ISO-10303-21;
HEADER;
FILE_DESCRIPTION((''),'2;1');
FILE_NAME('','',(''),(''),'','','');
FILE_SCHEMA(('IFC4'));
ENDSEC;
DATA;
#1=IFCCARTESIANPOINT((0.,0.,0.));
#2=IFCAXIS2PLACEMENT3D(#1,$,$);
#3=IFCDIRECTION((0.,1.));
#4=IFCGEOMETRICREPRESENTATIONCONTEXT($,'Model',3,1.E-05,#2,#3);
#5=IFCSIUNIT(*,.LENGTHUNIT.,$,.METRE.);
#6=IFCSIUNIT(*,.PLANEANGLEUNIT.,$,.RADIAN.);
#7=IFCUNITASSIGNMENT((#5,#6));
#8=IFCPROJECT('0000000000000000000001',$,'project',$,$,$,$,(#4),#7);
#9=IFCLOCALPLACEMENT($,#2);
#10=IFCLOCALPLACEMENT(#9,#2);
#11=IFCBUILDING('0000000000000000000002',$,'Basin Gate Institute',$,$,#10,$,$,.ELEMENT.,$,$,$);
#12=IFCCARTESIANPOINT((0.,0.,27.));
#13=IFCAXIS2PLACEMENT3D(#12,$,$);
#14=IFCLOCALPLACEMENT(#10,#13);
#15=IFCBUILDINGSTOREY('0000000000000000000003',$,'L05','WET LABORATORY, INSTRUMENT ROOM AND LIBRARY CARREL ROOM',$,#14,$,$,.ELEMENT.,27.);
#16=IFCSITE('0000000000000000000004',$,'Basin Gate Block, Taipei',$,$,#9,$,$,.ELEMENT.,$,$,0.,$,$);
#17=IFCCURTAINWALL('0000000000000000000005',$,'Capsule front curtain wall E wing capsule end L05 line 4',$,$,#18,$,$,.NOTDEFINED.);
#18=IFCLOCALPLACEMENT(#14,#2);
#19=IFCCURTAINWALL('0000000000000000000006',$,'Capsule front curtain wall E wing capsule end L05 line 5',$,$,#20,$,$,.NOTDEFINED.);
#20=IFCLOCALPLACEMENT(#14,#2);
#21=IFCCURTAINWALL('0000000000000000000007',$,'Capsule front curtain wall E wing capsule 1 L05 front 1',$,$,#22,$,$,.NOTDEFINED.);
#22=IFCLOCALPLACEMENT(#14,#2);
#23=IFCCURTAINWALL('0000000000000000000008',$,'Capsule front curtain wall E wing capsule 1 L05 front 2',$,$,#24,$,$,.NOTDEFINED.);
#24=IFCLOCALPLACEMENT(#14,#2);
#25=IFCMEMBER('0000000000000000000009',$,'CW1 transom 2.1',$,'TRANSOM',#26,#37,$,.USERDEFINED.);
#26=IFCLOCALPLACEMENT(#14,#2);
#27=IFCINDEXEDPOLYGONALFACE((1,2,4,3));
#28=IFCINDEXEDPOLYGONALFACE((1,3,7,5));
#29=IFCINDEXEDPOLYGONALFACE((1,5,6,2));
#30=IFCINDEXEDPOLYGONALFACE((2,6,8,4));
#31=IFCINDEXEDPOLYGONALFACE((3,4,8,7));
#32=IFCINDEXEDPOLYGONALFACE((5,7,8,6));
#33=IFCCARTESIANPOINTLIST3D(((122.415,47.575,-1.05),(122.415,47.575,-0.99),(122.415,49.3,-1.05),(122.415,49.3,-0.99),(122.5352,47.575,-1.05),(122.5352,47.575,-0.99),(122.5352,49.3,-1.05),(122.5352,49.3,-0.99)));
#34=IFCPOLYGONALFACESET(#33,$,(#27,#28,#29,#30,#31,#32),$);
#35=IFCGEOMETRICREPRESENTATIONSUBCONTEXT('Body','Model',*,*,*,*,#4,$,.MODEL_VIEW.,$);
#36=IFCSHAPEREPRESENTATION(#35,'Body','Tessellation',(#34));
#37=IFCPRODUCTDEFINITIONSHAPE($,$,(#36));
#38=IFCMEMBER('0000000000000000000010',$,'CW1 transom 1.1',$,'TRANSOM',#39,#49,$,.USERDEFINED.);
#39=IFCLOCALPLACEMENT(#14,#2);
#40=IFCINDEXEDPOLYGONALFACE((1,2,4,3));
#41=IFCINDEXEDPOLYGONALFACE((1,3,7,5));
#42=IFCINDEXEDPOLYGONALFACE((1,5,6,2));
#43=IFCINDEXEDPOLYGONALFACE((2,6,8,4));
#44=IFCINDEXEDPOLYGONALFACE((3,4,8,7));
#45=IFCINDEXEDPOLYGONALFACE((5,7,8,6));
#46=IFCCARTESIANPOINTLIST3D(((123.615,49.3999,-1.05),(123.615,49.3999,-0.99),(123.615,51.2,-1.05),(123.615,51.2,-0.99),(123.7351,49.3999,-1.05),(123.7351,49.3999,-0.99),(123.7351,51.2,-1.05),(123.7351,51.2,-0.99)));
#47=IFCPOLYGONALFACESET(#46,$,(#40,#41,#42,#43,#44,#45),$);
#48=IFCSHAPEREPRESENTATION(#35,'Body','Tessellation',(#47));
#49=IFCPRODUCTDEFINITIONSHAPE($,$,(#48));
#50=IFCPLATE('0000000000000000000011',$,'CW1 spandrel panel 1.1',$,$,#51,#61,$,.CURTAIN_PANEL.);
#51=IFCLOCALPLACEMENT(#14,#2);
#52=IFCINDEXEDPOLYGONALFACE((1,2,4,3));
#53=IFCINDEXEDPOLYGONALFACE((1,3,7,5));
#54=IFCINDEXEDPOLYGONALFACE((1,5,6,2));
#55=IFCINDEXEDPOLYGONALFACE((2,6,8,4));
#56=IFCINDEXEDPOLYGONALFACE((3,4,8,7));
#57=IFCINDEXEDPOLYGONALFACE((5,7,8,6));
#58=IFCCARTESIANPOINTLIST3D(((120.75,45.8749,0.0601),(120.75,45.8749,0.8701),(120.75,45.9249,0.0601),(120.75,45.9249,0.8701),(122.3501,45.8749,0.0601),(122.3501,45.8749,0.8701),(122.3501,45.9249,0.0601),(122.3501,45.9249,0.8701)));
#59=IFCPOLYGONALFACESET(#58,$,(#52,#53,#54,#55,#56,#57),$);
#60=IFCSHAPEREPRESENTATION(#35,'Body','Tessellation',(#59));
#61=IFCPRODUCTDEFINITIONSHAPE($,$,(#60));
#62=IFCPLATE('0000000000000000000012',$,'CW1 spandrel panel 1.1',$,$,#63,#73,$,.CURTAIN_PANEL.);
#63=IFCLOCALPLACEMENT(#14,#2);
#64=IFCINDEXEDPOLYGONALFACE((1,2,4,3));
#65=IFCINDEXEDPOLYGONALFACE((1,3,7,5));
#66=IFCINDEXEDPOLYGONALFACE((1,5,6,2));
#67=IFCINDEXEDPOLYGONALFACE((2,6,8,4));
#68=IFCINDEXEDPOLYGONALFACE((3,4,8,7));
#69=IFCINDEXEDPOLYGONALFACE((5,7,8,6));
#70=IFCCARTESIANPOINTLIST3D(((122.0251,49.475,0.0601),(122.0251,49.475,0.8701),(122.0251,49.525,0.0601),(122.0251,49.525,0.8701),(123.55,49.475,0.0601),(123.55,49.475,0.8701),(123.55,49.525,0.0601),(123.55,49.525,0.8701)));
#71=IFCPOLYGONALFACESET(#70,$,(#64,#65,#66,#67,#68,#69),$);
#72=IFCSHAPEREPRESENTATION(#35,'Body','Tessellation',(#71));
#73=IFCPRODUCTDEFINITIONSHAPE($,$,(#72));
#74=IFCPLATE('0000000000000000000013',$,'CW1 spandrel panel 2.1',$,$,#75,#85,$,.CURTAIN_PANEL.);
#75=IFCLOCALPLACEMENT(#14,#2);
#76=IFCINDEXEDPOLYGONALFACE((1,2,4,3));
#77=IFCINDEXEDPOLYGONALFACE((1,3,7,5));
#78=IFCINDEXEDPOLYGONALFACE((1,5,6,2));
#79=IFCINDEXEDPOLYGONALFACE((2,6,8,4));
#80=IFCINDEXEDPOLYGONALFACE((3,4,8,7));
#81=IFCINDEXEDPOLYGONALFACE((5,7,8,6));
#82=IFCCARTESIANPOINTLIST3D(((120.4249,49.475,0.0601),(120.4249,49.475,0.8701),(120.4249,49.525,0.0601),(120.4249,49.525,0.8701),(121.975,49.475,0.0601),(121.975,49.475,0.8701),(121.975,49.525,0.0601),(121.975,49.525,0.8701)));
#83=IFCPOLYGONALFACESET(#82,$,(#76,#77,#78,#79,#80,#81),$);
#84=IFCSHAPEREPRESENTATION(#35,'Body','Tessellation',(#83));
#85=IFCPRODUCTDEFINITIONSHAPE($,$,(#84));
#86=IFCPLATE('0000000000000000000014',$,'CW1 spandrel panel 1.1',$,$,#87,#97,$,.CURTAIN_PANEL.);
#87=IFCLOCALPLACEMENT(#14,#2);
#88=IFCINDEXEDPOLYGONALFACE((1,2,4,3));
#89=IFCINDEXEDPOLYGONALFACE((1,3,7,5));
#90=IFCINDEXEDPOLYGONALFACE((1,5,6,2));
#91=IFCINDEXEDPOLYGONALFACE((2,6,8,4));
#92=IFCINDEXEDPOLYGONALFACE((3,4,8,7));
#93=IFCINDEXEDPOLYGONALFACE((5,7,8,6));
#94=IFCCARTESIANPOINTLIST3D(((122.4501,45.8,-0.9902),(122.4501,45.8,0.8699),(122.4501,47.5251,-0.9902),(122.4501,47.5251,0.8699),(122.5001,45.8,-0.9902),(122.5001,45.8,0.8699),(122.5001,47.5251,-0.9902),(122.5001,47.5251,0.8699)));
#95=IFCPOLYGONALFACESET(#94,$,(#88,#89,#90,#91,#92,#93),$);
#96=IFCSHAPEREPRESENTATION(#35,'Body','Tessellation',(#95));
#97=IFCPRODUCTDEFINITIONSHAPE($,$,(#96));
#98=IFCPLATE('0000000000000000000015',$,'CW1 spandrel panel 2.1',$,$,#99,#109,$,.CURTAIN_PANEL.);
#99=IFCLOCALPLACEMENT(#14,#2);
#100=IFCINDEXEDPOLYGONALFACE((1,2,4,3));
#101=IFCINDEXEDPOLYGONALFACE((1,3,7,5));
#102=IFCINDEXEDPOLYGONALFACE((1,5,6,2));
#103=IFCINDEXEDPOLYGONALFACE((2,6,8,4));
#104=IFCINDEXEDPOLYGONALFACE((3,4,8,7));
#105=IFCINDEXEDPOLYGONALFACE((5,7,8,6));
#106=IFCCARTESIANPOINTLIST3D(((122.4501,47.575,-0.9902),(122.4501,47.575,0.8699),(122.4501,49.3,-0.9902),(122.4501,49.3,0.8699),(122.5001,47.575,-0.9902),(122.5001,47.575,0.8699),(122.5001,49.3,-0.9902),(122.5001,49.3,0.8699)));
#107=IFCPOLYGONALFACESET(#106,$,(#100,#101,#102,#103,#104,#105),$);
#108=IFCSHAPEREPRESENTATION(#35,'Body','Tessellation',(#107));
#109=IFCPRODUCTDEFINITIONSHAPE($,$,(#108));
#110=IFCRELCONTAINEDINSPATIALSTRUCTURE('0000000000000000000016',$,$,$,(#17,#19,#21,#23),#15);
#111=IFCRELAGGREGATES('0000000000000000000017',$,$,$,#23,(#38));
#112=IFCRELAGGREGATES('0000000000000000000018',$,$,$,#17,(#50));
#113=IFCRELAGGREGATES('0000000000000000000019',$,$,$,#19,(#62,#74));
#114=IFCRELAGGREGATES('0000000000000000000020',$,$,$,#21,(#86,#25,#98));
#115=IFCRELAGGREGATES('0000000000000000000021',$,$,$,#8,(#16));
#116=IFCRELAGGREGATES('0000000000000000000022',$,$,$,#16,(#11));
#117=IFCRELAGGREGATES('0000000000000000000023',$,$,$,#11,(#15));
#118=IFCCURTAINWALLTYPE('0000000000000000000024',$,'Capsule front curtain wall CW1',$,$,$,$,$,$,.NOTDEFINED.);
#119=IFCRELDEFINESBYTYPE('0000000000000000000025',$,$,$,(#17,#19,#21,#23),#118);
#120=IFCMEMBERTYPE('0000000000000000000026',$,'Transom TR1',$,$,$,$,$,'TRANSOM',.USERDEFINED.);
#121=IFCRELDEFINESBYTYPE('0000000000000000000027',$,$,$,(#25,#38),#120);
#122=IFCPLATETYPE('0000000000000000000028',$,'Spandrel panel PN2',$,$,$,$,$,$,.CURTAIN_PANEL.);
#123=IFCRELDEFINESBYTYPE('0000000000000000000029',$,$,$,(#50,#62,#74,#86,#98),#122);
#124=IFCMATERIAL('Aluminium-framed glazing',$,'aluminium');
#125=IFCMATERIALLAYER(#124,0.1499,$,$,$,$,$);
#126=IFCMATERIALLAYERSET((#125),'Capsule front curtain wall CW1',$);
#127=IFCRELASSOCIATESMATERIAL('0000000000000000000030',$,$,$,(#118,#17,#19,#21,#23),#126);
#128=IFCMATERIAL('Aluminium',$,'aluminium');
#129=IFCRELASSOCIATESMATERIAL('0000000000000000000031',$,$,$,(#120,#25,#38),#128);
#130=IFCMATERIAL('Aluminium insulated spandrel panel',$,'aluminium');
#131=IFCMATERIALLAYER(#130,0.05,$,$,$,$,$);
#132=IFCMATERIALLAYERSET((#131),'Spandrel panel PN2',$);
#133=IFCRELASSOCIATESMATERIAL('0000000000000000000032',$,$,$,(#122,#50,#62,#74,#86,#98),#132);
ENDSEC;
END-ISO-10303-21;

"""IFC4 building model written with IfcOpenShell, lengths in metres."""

from ifc_helpers import new_model, si_unit, direction, frame, origin, origin_2d, place, context, subcontext, project, spatial, rectangle, extrude, material, layer, layer_set, material_profile, profile_set, type_object, element, aggregate, save


model = new_model("IFC4")

# Units and contexts
model_context = context("Model", 3, precision=1e-05, world=origin(), true_north=direction((0.0, 1.0)))
body_context = subcontext(model_context, "Body", "Model", "MODEL_VIEW")
ifc_project = project(units=[si_unit("LENGTHUNIT", "METRE"), si_unit("PLANEANGLEUNIT", "RADIAN")], contexts=[model_context])

# Site, building, storey
site_placement = place(None, origin())
site = spatial("IfcSite", under=ifc_project, at=site_placement, Name="Basin Gate Block, Taipei", CompositionType="ELEMENT", RefElevation=0.0)
building_placement = place(site_placement, origin())
building = spatial("IfcBuilding", under=site, at=building_placement, Name="Basin Gate Institute", CompositionType="ELEMENT")
storey_placement = place(building_placement, frame((0.0, 0.0, 27.0)))
storey = spatial("IfcBuildingStorey", under=building, at=storey_placement, Name="L05", Description="WET LABORATORY, INSTRUMENT ROOM AND LIBRARY CARREL ROOM", CompositionType="ELEMENT", Elevation=27.0)

# Curtain wall
ifc_material_1 = material(Name="Aluminium-framed glazing", Category="aluminium")
ifc_layer_1 = layer(ifc_material_1, 0.1499)
ifc_layer_set_1 = layer_set([ifc_layer_1], Name="Capsule front curtain wall CW1")
curtain_wall_type = type_object("IfcCurtainWallType", Name="Capsule front curtain wall CW1", PredefinedType="NOTDEFINED", material=ifc_layer_set_1)
curtain_wall_1_placement = place(storey_placement, origin())
curtain_wall_1 = element("IfcCurtainWall", 1, at=curtain_wall_1_placement, inside=storey, type_object=curtain_wall_type, material=ifc_layer_set_1, Name="Capsule front curtain wall E wing capsule end L05 line 4", PredefinedType="NOTDEFINED")

# Curtain wall
curtain_wall_2_placement = place(storey_placement, origin())
curtain_wall_2 = element("IfcCurtainWall", 2, at=curtain_wall_2_placement, inside=storey, type_object=curtain_wall_type, material=ifc_layer_set_1, Name="Capsule front curtain wall E wing capsule end L05 line 5", PredefinedType="NOTDEFINED")

# Curtain wall
curtain_wall_3_placement = place(storey_placement, origin())
curtain_wall_3 = element("IfcCurtainWall", 3, at=curtain_wall_3_placement, inside=storey, type_object=curtain_wall_type, material=ifc_layer_set_1, Name="Capsule front curtain wall E wing capsule 1 L05 front 1", PredefinedType="NOTDEFINED")

# Curtain wall
curtain_wall_4_placement = place(storey_placement, origin())
curtain_wall_4 = element("IfcCurtainWall", 4, at=curtain_wall_4_placement, inside=storey, type_object=curtain_wall_type, material=ifc_layer_set_1, Name="Capsule front curtain wall E wing capsule 1 L05 front 2", PredefinedType="NOTDEFINED")

# Members
ifc_material_2 = material(Name="Aluminium", Category="aluminium")
ifc_material_profile_1 = material_profile(ifc_material_2, rectangle(XDim=0.1201, YDim=0.0601, at=origin_2d()), Name="Transom TR1 120 x 60")
ifc_profile_set_1 = profile_set([ifc_material_profile_1], Name="Aluminium")
member_type_1 = type_object("IfcMemberType", Name="Transom TR1", ElementType="TRANSOM", PredefinedType="USERDEFINED", material=ifc_profile_set_1)
member_1_placement = place(storey_placement, frame((122.4751, 47.575, -1.02), z_axis=(0.0, 1.0, 0.0), x_axis=(-1.0, 0.0, 0.0)))
member_1 = element("IfcMember", 5, at=member_1_placement, type_object=member_type_1, material=ifc_profile_set_1, Name="CW1 transom 2.1", ObjectType="TRANSOM", PredefinedType="USERDEFINED", context=body_context, shape_type="SweptSolid", body=[
    extrude(rectangle(XDim=0.1201, YDim=0.0601, at=origin_2d()), origin(), (0.0, 0.0, 1.0), 1.7251),
])
member_2_placement = place(storey_placement, frame((123.675, 49.3999, -1.02), z_axis=(0.0, 1.0, 0.0), x_axis=(-1.0, 0.0, 0.0)))
member_2 = element("IfcMember", 6, at=member_2_placement, type_object=member_type_1, material=ifc_profile_set_1, Name="CW1 transom 1.1", ObjectType="TRANSOM", PredefinedType="USERDEFINED", context=body_context, shape_type="SweptSolid", body=[
    extrude(rectangle(XDim=0.1201, YDim=0.0601, at=origin_2d()), origin(), (0.0, 0.0, 1.0), 1.8),
])
aggregate(curtain_wall_4, [member_2])

# Plates
ifc_material_3 = material(Name="Aluminium insulated spandrel panel", Category="aluminium")
ifc_layer_2 = layer(ifc_material_3, 0.05)
ifc_layer_set_2 = layer_set([ifc_layer_2], Name="Spandrel panel PN2")
plate_type = type_object("IfcPlateType", Name="Spandrel panel PN2", PredefinedType="CURTAIN_PANEL", material=ifc_layer_set_2)
plate_1_placement = place(storey_placement, frame((121.55, 45.8999, 0.0601), z_axis=(0.0, 0.0, 1.0), x_axis=(-1.0, 0.0, 0.0)))
plate_1 = element("IfcPlate", 7, at=plate_1_placement, type_object=plate_type, material=ifc_layer_set_2, Name="CW1 spandrel panel 1.1", PredefinedType="CURTAIN_PANEL", context=body_context, shape_type="SweptSolid", body=[
    extrude(rectangle(XDim=1.6001, YDim=0.05, at=origin_2d()), origin(), (0.0, 0.0, 1.0), 0.8101),
])
aggregate(curtain_wall_1, [plate_1])
plate_2_placement = place(storey_placement, frame((122.7876, 49.5, 0.0601), z_axis=(0.0, 0.0, 1.0), x_axis=(-1.0, 0.0, 0.0)))
plate_2 = element("IfcPlate", 8, at=plate_2_placement, type_object=plate_type, material=ifc_layer_set_2, Name="CW1 spandrel panel 1.1", PredefinedType="CURTAIN_PANEL", context=body_context, shape_type="SweptSolid", body=[
    extrude(rectangle(XDim=1.5249, YDim=0.05, at=origin_2d()), origin(), (0.0, 0.0, 1.0), 0.8101),
])
plate_3_placement = place(storey_placement, frame((121.2, 49.5, 0.0601), z_axis=(0.0, 0.0, 1.0), x_axis=(-1.0, 0.0, 0.0)))
plate_3 = element("IfcPlate", 9, at=plate_3_placement, type_object=plate_type, material=ifc_layer_set_2, Name="CW1 spandrel panel 2.1", PredefinedType="CURTAIN_PANEL", context=body_context, shape_type="SweptSolid", body=[
    extrude(rectangle(XDim=1.55, YDim=0.05, at=origin_2d()), origin(), (0.0, 0.0, 1.0), 0.8101),
])
aggregate(curtain_wall_2, [plate_2, plate_3])
plate_4_placement = place(storey_placement, frame((122.4751, 46.6626, -0.9902), z_axis=(0.0, 0.0, 1.0), x_axis=(0.0, 1.0, 0.0)))
plate_4 = element("IfcPlate", 10, at=plate_4_placement, type_object=plate_type, material=ifc_layer_set_2, Name="CW1 spandrel panel 1.1", PredefinedType="CURTAIN_PANEL", context=body_context, shape_type="SweptSolid", body=[
    extrude(rectangle(XDim=1.7251, YDim=0.05, at=origin_2d()), origin(), (0.0, 0.0, 1.0), 1.8601),
])
plate_5_placement = place(storey_placement, frame((122.4751, 48.4375, -0.9902), z_axis=(0.0, 0.0, 1.0), x_axis=(0.0, 1.0, 0.0)))
plate_5 = element("IfcPlate", 11, at=plate_5_placement, type_object=plate_type, material=ifc_layer_set_2, Name="CW1 spandrel panel 2.1", PredefinedType="CURTAIN_PANEL", context=body_context, shape_type="SweptSolid", body=[
    extrude(rectangle(XDim=1.7251, YDim=0.05, at=origin_2d()), origin(), (0.0, 0.0, 1.0), 1.8601),
])
aggregate(curtain_wall_3, [plate_4, member_1, plate_5])

save(model, "model.ifc")
